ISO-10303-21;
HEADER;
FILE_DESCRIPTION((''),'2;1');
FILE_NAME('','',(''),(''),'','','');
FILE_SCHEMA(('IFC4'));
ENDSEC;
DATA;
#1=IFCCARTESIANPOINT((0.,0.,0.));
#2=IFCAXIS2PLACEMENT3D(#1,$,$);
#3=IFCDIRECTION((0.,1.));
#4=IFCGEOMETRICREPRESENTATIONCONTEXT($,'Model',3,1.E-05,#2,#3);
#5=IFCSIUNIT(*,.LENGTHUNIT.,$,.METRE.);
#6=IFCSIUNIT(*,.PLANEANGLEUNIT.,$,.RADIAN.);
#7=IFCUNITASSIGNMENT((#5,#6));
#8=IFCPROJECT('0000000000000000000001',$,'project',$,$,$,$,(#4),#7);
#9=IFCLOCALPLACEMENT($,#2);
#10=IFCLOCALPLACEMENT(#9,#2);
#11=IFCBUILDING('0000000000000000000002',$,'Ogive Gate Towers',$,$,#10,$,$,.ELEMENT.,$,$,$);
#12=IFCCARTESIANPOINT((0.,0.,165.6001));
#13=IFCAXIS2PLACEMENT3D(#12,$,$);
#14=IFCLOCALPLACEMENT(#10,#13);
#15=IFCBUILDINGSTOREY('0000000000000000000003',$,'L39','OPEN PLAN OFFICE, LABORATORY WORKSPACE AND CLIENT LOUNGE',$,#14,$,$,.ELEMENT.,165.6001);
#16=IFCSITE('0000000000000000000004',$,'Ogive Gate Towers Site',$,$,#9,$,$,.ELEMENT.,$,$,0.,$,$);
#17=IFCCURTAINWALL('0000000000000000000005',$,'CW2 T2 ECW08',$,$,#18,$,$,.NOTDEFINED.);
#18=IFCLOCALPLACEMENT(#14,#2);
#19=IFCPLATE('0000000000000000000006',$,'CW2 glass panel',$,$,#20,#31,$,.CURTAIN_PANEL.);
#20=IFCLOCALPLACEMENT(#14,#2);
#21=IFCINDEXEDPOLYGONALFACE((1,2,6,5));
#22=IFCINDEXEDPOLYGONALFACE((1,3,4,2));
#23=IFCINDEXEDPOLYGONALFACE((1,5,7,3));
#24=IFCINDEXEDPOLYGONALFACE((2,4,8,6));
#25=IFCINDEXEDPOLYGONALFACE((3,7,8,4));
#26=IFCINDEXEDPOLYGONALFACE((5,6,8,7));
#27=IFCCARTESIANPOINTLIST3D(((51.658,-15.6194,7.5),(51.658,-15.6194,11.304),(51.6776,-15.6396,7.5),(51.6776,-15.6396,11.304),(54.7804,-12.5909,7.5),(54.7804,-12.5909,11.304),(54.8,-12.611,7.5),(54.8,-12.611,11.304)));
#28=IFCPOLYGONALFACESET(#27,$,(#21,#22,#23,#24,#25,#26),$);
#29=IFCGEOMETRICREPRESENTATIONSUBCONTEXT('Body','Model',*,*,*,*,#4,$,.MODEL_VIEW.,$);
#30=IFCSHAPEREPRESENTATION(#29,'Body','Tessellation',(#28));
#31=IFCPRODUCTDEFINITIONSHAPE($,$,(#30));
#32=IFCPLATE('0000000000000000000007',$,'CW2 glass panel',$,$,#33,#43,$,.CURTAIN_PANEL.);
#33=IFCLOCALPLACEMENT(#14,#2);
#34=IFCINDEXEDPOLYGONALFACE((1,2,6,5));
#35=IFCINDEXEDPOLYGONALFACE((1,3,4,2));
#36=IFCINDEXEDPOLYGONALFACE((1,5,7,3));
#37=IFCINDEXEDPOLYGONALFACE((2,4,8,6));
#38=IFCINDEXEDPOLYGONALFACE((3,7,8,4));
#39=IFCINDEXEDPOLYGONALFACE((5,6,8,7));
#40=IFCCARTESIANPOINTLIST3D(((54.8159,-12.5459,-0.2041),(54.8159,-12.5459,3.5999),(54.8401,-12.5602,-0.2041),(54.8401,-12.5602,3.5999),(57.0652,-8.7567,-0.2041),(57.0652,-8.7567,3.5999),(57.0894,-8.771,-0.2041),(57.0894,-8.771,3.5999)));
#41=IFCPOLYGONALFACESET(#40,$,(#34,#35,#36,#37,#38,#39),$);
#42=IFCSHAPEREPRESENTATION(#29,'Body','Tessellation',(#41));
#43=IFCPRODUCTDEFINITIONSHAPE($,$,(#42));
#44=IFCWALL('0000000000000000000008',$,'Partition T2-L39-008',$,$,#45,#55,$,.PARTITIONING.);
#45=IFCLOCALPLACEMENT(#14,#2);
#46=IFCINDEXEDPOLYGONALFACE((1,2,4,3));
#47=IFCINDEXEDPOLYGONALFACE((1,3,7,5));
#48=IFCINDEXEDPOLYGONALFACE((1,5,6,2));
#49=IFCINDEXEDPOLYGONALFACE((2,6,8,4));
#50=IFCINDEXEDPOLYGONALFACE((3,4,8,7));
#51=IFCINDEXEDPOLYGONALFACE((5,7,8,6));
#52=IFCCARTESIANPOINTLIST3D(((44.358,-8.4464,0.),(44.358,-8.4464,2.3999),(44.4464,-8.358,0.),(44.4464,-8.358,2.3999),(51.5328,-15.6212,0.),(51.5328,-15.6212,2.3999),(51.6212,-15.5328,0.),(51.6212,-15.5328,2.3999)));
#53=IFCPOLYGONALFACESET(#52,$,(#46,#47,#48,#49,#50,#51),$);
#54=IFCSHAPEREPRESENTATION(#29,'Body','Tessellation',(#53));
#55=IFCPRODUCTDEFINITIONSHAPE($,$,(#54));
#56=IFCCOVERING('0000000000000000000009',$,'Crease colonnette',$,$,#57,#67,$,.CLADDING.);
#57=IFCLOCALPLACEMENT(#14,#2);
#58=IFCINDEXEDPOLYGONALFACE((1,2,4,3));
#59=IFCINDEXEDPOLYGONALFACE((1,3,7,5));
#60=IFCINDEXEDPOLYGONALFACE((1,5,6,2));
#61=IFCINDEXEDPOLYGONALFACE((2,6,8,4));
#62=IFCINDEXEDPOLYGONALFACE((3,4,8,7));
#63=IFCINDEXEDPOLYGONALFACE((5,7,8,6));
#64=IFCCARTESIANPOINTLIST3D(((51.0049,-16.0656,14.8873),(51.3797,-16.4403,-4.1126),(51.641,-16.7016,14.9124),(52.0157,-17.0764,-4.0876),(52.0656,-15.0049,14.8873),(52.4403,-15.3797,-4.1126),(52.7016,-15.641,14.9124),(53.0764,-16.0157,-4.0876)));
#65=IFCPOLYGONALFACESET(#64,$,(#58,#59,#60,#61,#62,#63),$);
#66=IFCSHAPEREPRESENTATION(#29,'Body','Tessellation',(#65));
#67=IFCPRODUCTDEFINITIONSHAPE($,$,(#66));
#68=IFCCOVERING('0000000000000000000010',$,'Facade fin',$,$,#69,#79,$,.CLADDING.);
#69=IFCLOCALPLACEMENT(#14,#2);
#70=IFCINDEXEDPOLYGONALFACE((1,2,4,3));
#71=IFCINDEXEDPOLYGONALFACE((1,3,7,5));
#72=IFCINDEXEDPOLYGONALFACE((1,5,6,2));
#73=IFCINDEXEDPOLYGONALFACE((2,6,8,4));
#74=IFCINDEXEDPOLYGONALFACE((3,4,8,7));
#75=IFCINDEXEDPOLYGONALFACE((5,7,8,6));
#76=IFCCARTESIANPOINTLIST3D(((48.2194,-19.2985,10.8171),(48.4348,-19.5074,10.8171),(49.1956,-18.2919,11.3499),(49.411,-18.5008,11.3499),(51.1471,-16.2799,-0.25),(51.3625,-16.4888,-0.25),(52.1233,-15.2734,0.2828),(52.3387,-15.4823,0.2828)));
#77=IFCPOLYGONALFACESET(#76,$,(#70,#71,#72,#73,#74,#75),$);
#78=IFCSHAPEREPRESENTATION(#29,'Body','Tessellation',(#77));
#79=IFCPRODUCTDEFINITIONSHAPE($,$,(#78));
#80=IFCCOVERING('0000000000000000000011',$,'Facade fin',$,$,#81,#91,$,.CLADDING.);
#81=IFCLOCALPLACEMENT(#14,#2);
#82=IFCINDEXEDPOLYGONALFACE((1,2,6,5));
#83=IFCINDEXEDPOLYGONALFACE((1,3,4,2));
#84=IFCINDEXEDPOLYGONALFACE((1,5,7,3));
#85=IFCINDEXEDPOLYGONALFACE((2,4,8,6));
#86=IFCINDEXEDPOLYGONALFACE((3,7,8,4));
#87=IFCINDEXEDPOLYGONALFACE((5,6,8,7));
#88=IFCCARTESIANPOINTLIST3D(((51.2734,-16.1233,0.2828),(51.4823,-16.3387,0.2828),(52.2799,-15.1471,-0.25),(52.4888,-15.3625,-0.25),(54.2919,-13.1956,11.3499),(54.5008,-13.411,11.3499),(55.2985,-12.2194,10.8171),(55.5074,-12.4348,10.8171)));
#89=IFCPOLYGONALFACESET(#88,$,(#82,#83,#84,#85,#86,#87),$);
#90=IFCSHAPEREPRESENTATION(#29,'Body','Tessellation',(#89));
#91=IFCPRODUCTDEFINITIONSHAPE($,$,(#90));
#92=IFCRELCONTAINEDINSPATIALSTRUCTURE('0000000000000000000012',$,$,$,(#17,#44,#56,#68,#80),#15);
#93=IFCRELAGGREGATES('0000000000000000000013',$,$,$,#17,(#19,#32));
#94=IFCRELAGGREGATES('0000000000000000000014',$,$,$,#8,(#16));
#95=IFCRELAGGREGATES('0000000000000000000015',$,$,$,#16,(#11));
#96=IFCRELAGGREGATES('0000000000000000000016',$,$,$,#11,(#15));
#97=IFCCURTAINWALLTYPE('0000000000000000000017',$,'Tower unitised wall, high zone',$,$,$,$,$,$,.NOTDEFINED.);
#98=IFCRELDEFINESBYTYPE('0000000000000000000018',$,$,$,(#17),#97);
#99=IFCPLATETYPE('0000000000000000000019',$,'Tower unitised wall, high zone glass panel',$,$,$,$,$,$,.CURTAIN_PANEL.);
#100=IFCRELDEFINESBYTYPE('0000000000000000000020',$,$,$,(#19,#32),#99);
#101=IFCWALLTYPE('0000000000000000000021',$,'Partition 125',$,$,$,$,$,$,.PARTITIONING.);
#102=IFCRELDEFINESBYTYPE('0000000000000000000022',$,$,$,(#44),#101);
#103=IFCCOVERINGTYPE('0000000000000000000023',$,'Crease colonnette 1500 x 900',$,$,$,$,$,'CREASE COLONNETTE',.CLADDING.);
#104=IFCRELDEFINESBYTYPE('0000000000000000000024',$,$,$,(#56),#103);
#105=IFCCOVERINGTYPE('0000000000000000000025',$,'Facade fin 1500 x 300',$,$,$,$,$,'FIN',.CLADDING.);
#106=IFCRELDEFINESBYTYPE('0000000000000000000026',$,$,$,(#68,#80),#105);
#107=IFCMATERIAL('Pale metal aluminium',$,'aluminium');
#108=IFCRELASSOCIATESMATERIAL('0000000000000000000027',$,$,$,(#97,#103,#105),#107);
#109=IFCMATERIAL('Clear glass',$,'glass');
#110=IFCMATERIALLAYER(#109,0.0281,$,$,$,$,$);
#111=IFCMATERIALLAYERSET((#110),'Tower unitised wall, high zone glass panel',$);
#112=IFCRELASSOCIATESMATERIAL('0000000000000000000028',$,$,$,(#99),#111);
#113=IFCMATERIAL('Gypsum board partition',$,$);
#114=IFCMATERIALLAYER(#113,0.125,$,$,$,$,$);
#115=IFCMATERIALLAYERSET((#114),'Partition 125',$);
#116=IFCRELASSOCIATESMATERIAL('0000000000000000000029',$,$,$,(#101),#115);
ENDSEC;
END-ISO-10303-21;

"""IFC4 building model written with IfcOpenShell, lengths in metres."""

from ifc_helpers import new_model, si_unit, direction, frame, frame_2d, origin, origin_2d, place, context, subcontext, project, spatial, rectangle, extrude, material, layer, layer_set, material_profile, profile_set, type_object, element, aggregate, save


model = new_model("IFC4")

# Units and contexts
model_context = context("Model", 3, precision=1e-05, world=origin(), true_north=direction((0.0, 1.0)))
body_context = subcontext(model_context, "Body", "Model", "MODEL_VIEW")
ifc_project = project(units=[si_unit("LENGTHUNIT", "METRE"), si_unit("PLANEANGLEUNIT", "RADIAN")], contexts=[model_context])

# Site, building, storey
site_placement = place(None, origin())
site = spatial("IfcSite", under=ifc_project, at=site_placement, Name="Ogive Gate Towers Site", CompositionType="ELEMENT", RefElevation=0.0)
building_placement = place(site_placement, origin())
building = spatial("IfcBuilding", under=site, at=building_placement, Name="Ogive Gate Towers", CompositionType="ELEMENT")
storey_placement = place(building_placement, frame((0.0, 0.0, 165.6001)))
storey = spatial("IfcBuildingStorey", under=building, at=storey_placement, Name="L39", Description="OPEN PLAN OFFICE, LABORATORY WORKSPACE AND CLIENT LOUNGE", CompositionType="ELEMENT", Elevation=165.6001)

# Shared definitions
ifc_material_1 = material(Name="Pale metal aluminium", Category="aluminium")
curtain_wall_type = type_object("IfcCurtainWallType", Name="Tower unitised wall, high zone", PredefinedType="NOTDEFINED", material=ifc_material_1)

# Curtain wall
curtain_wall_1_placement = place(storey_placement, origin())
curtain_wall_1 = element("IfcCurtainWall", 1, at=curtain_wall_1_placement, inside=storey, type_object=curtain_wall_type, Name="CW2 T2 ECW08", PredefinedType="NOTDEFINED")

# Plates
ifc_material_2 = material(Name="Clear glass", Category="glass")
ifc_layer_1 = layer(ifc_material_2, 0.0281)
ifc_layer_set_1 = layer_set([ifc_layer_1], Name="Tower unitised wall, high zone glass panel")
plate_type = type_object("IfcPlateType", Name="Tower unitised wall, high zone glass panel", PredefinedType="CURTAIN_PANEL", material=ifc_layer_set_1)
plate_1_placement = place(storey_placement, frame((53.229, -14.1152, 7.5), z_axis=(0.0, 0.0, 1.0), x_axis=(0.71781, 0.696239, 0.0)))
plate_1 = element("IfcPlate", 2, at=plate_1_placement, type_object=plate_type, Name="CW2 glass panel", PredefinedType="CURTAIN_PANEL", context=body_context, shape_type="SweptSolid", body=[
    extrude(rectangle(XDim=4.3499, YDim=0.0281, at=origin_2d()), origin(), (0.0, 0.0, 1.0), 3.804),
])
plate_2_placement = place(storey_placement, frame((55.9526, -10.6584, -0.2041), z_axis=(0.0, 0.0, 1.0), x_axis=(0.510453, 0.859906, 0.0)))
plate_2 = element("IfcPlate", 3, at=plate_2_placement, type_object=plate_type, Name="CW2 glass panel", PredefinedType="CURTAIN_PANEL", context=body_context, shape_type="SweptSolid", body=[
    extrude(rectangle(XDim=4.4065, YDim=0.0281, at=origin_2d()), origin(), (0.0, 0.0, 1.0), 3.804),
])
aggregate(curtain_wall_1, [plate_1, plate_2])

# Wall
ifc_material_3 = material(Name="Gypsum board partition")
ifc_layer_2 = layer(ifc_material_3, 0.125)
ifc_layer_set_2 = layer_set([ifc_layer_2], Name="Partition 125")
wall_type = type_object("IfcWallType", Name="Partition 125", PredefinedType="PARTITIONING", material=ifc_layer_set_2)
wall_placement = place(storey_placement, frame((51.5769, -15.5769, 0.0), z_axis=(0.0, 0.0, 1.0), x_axis=(-0.707107, 0.707107, 0.0)))
element("IfcWall", 4, at=wall_placement, inside=storey, type_object=wall_type, Name="Partition T2-L39-008", PredefinedType="PARTITIONING", context=body_context, shape_type="SweptSolid", body=[
    extrude(rectangle(XDim=10.1467, YDim=0.125, at=frame_2d((5.0732, 0.0))), origin(), (0.0, 0.0, 1.0), 2.3999),
])

# Coverings
ifc_material_profile_1 = material_profile(ifc_material_1, rectangle(XDim=1.5, YDim=0.8999, at=origin_2d()), Name="1500 x 900 pale metal aluminium")
ifc_profile_set_1 = profile_set([ifc_material_profile_1], Name="Pale metal aluminium")
covering_type_1 = type_object("IfcCoveringType", Name="Crease colonnette 1500 x 900", ElementType="CREASE COLONNETTE", PredefinedType="CLADDING", material=ifc_profile_set_1)
covering_placement = place(storey_placement, frame((52.228, -16.228, -4.1001), z_axis=(-0.019716, 0.019716, 0.999611), x_axis=(-0.707107, -0.707107, 0.0)))
element("IfcCovering", 5, at=covering_placement, inside=storey, type_object=covering_type_1, Name="Crease colonnette", PredefinedType="CLADDING", context=body_context, shape_type="SweptSolid", body=[
    extrude(rectangle(XDim=1.5, YDim=0.8999, at=origin_2d()), origin(), (0.0, 0.0, 1.0), 19.0073),
])
ifc_material_profile_2 = material_profile(ifc_material_1, rectangle(XDim=0.3, YDim=1.5, at=origin_2d()), Name="1500 x 300 pale metal aluminium")
ifc_profile_set_2 = profile_set([ifc_material_profile_2], Name="Pale metal aluminium")
covering_type_2 = type_object("IfcCoveringType", Name="Facade fin 1500 x 300", ElementType="FIN", PredefinedType="CLADDING", material=ifc_profile_set_2)
for number, where, z_axis, x_axis, name in (
    (6, (51.7429, -15.8811, 0.0164), (-0.247293, -0.254964, 0.934794), (0.717823, -0.696226, 0.0), "Facade fin"),
    (7, (51.8811, -15.7429, 0.0164), (0.254964, 0.247293, 0.934794), (-0.696226, 0.717823, 0.0), "Facade fin"),
):
    element("IfcCovering", number, at=place(storey_placement, frame(where, z_axis=z_axis, x_axis=x_axis)), inside=storey, type_object=covering_type_2, Name=name, PredefinedType="CLADDING", context=body_context, shape_type="SweptSolid", body=[
        extrude(rectangle(XDim=0.3, YDim=1.5, at=origin_2d()), origin(), (0.0, 0.0, 1.0), 11.8391),
    ])

save(model, "model.ifc")
